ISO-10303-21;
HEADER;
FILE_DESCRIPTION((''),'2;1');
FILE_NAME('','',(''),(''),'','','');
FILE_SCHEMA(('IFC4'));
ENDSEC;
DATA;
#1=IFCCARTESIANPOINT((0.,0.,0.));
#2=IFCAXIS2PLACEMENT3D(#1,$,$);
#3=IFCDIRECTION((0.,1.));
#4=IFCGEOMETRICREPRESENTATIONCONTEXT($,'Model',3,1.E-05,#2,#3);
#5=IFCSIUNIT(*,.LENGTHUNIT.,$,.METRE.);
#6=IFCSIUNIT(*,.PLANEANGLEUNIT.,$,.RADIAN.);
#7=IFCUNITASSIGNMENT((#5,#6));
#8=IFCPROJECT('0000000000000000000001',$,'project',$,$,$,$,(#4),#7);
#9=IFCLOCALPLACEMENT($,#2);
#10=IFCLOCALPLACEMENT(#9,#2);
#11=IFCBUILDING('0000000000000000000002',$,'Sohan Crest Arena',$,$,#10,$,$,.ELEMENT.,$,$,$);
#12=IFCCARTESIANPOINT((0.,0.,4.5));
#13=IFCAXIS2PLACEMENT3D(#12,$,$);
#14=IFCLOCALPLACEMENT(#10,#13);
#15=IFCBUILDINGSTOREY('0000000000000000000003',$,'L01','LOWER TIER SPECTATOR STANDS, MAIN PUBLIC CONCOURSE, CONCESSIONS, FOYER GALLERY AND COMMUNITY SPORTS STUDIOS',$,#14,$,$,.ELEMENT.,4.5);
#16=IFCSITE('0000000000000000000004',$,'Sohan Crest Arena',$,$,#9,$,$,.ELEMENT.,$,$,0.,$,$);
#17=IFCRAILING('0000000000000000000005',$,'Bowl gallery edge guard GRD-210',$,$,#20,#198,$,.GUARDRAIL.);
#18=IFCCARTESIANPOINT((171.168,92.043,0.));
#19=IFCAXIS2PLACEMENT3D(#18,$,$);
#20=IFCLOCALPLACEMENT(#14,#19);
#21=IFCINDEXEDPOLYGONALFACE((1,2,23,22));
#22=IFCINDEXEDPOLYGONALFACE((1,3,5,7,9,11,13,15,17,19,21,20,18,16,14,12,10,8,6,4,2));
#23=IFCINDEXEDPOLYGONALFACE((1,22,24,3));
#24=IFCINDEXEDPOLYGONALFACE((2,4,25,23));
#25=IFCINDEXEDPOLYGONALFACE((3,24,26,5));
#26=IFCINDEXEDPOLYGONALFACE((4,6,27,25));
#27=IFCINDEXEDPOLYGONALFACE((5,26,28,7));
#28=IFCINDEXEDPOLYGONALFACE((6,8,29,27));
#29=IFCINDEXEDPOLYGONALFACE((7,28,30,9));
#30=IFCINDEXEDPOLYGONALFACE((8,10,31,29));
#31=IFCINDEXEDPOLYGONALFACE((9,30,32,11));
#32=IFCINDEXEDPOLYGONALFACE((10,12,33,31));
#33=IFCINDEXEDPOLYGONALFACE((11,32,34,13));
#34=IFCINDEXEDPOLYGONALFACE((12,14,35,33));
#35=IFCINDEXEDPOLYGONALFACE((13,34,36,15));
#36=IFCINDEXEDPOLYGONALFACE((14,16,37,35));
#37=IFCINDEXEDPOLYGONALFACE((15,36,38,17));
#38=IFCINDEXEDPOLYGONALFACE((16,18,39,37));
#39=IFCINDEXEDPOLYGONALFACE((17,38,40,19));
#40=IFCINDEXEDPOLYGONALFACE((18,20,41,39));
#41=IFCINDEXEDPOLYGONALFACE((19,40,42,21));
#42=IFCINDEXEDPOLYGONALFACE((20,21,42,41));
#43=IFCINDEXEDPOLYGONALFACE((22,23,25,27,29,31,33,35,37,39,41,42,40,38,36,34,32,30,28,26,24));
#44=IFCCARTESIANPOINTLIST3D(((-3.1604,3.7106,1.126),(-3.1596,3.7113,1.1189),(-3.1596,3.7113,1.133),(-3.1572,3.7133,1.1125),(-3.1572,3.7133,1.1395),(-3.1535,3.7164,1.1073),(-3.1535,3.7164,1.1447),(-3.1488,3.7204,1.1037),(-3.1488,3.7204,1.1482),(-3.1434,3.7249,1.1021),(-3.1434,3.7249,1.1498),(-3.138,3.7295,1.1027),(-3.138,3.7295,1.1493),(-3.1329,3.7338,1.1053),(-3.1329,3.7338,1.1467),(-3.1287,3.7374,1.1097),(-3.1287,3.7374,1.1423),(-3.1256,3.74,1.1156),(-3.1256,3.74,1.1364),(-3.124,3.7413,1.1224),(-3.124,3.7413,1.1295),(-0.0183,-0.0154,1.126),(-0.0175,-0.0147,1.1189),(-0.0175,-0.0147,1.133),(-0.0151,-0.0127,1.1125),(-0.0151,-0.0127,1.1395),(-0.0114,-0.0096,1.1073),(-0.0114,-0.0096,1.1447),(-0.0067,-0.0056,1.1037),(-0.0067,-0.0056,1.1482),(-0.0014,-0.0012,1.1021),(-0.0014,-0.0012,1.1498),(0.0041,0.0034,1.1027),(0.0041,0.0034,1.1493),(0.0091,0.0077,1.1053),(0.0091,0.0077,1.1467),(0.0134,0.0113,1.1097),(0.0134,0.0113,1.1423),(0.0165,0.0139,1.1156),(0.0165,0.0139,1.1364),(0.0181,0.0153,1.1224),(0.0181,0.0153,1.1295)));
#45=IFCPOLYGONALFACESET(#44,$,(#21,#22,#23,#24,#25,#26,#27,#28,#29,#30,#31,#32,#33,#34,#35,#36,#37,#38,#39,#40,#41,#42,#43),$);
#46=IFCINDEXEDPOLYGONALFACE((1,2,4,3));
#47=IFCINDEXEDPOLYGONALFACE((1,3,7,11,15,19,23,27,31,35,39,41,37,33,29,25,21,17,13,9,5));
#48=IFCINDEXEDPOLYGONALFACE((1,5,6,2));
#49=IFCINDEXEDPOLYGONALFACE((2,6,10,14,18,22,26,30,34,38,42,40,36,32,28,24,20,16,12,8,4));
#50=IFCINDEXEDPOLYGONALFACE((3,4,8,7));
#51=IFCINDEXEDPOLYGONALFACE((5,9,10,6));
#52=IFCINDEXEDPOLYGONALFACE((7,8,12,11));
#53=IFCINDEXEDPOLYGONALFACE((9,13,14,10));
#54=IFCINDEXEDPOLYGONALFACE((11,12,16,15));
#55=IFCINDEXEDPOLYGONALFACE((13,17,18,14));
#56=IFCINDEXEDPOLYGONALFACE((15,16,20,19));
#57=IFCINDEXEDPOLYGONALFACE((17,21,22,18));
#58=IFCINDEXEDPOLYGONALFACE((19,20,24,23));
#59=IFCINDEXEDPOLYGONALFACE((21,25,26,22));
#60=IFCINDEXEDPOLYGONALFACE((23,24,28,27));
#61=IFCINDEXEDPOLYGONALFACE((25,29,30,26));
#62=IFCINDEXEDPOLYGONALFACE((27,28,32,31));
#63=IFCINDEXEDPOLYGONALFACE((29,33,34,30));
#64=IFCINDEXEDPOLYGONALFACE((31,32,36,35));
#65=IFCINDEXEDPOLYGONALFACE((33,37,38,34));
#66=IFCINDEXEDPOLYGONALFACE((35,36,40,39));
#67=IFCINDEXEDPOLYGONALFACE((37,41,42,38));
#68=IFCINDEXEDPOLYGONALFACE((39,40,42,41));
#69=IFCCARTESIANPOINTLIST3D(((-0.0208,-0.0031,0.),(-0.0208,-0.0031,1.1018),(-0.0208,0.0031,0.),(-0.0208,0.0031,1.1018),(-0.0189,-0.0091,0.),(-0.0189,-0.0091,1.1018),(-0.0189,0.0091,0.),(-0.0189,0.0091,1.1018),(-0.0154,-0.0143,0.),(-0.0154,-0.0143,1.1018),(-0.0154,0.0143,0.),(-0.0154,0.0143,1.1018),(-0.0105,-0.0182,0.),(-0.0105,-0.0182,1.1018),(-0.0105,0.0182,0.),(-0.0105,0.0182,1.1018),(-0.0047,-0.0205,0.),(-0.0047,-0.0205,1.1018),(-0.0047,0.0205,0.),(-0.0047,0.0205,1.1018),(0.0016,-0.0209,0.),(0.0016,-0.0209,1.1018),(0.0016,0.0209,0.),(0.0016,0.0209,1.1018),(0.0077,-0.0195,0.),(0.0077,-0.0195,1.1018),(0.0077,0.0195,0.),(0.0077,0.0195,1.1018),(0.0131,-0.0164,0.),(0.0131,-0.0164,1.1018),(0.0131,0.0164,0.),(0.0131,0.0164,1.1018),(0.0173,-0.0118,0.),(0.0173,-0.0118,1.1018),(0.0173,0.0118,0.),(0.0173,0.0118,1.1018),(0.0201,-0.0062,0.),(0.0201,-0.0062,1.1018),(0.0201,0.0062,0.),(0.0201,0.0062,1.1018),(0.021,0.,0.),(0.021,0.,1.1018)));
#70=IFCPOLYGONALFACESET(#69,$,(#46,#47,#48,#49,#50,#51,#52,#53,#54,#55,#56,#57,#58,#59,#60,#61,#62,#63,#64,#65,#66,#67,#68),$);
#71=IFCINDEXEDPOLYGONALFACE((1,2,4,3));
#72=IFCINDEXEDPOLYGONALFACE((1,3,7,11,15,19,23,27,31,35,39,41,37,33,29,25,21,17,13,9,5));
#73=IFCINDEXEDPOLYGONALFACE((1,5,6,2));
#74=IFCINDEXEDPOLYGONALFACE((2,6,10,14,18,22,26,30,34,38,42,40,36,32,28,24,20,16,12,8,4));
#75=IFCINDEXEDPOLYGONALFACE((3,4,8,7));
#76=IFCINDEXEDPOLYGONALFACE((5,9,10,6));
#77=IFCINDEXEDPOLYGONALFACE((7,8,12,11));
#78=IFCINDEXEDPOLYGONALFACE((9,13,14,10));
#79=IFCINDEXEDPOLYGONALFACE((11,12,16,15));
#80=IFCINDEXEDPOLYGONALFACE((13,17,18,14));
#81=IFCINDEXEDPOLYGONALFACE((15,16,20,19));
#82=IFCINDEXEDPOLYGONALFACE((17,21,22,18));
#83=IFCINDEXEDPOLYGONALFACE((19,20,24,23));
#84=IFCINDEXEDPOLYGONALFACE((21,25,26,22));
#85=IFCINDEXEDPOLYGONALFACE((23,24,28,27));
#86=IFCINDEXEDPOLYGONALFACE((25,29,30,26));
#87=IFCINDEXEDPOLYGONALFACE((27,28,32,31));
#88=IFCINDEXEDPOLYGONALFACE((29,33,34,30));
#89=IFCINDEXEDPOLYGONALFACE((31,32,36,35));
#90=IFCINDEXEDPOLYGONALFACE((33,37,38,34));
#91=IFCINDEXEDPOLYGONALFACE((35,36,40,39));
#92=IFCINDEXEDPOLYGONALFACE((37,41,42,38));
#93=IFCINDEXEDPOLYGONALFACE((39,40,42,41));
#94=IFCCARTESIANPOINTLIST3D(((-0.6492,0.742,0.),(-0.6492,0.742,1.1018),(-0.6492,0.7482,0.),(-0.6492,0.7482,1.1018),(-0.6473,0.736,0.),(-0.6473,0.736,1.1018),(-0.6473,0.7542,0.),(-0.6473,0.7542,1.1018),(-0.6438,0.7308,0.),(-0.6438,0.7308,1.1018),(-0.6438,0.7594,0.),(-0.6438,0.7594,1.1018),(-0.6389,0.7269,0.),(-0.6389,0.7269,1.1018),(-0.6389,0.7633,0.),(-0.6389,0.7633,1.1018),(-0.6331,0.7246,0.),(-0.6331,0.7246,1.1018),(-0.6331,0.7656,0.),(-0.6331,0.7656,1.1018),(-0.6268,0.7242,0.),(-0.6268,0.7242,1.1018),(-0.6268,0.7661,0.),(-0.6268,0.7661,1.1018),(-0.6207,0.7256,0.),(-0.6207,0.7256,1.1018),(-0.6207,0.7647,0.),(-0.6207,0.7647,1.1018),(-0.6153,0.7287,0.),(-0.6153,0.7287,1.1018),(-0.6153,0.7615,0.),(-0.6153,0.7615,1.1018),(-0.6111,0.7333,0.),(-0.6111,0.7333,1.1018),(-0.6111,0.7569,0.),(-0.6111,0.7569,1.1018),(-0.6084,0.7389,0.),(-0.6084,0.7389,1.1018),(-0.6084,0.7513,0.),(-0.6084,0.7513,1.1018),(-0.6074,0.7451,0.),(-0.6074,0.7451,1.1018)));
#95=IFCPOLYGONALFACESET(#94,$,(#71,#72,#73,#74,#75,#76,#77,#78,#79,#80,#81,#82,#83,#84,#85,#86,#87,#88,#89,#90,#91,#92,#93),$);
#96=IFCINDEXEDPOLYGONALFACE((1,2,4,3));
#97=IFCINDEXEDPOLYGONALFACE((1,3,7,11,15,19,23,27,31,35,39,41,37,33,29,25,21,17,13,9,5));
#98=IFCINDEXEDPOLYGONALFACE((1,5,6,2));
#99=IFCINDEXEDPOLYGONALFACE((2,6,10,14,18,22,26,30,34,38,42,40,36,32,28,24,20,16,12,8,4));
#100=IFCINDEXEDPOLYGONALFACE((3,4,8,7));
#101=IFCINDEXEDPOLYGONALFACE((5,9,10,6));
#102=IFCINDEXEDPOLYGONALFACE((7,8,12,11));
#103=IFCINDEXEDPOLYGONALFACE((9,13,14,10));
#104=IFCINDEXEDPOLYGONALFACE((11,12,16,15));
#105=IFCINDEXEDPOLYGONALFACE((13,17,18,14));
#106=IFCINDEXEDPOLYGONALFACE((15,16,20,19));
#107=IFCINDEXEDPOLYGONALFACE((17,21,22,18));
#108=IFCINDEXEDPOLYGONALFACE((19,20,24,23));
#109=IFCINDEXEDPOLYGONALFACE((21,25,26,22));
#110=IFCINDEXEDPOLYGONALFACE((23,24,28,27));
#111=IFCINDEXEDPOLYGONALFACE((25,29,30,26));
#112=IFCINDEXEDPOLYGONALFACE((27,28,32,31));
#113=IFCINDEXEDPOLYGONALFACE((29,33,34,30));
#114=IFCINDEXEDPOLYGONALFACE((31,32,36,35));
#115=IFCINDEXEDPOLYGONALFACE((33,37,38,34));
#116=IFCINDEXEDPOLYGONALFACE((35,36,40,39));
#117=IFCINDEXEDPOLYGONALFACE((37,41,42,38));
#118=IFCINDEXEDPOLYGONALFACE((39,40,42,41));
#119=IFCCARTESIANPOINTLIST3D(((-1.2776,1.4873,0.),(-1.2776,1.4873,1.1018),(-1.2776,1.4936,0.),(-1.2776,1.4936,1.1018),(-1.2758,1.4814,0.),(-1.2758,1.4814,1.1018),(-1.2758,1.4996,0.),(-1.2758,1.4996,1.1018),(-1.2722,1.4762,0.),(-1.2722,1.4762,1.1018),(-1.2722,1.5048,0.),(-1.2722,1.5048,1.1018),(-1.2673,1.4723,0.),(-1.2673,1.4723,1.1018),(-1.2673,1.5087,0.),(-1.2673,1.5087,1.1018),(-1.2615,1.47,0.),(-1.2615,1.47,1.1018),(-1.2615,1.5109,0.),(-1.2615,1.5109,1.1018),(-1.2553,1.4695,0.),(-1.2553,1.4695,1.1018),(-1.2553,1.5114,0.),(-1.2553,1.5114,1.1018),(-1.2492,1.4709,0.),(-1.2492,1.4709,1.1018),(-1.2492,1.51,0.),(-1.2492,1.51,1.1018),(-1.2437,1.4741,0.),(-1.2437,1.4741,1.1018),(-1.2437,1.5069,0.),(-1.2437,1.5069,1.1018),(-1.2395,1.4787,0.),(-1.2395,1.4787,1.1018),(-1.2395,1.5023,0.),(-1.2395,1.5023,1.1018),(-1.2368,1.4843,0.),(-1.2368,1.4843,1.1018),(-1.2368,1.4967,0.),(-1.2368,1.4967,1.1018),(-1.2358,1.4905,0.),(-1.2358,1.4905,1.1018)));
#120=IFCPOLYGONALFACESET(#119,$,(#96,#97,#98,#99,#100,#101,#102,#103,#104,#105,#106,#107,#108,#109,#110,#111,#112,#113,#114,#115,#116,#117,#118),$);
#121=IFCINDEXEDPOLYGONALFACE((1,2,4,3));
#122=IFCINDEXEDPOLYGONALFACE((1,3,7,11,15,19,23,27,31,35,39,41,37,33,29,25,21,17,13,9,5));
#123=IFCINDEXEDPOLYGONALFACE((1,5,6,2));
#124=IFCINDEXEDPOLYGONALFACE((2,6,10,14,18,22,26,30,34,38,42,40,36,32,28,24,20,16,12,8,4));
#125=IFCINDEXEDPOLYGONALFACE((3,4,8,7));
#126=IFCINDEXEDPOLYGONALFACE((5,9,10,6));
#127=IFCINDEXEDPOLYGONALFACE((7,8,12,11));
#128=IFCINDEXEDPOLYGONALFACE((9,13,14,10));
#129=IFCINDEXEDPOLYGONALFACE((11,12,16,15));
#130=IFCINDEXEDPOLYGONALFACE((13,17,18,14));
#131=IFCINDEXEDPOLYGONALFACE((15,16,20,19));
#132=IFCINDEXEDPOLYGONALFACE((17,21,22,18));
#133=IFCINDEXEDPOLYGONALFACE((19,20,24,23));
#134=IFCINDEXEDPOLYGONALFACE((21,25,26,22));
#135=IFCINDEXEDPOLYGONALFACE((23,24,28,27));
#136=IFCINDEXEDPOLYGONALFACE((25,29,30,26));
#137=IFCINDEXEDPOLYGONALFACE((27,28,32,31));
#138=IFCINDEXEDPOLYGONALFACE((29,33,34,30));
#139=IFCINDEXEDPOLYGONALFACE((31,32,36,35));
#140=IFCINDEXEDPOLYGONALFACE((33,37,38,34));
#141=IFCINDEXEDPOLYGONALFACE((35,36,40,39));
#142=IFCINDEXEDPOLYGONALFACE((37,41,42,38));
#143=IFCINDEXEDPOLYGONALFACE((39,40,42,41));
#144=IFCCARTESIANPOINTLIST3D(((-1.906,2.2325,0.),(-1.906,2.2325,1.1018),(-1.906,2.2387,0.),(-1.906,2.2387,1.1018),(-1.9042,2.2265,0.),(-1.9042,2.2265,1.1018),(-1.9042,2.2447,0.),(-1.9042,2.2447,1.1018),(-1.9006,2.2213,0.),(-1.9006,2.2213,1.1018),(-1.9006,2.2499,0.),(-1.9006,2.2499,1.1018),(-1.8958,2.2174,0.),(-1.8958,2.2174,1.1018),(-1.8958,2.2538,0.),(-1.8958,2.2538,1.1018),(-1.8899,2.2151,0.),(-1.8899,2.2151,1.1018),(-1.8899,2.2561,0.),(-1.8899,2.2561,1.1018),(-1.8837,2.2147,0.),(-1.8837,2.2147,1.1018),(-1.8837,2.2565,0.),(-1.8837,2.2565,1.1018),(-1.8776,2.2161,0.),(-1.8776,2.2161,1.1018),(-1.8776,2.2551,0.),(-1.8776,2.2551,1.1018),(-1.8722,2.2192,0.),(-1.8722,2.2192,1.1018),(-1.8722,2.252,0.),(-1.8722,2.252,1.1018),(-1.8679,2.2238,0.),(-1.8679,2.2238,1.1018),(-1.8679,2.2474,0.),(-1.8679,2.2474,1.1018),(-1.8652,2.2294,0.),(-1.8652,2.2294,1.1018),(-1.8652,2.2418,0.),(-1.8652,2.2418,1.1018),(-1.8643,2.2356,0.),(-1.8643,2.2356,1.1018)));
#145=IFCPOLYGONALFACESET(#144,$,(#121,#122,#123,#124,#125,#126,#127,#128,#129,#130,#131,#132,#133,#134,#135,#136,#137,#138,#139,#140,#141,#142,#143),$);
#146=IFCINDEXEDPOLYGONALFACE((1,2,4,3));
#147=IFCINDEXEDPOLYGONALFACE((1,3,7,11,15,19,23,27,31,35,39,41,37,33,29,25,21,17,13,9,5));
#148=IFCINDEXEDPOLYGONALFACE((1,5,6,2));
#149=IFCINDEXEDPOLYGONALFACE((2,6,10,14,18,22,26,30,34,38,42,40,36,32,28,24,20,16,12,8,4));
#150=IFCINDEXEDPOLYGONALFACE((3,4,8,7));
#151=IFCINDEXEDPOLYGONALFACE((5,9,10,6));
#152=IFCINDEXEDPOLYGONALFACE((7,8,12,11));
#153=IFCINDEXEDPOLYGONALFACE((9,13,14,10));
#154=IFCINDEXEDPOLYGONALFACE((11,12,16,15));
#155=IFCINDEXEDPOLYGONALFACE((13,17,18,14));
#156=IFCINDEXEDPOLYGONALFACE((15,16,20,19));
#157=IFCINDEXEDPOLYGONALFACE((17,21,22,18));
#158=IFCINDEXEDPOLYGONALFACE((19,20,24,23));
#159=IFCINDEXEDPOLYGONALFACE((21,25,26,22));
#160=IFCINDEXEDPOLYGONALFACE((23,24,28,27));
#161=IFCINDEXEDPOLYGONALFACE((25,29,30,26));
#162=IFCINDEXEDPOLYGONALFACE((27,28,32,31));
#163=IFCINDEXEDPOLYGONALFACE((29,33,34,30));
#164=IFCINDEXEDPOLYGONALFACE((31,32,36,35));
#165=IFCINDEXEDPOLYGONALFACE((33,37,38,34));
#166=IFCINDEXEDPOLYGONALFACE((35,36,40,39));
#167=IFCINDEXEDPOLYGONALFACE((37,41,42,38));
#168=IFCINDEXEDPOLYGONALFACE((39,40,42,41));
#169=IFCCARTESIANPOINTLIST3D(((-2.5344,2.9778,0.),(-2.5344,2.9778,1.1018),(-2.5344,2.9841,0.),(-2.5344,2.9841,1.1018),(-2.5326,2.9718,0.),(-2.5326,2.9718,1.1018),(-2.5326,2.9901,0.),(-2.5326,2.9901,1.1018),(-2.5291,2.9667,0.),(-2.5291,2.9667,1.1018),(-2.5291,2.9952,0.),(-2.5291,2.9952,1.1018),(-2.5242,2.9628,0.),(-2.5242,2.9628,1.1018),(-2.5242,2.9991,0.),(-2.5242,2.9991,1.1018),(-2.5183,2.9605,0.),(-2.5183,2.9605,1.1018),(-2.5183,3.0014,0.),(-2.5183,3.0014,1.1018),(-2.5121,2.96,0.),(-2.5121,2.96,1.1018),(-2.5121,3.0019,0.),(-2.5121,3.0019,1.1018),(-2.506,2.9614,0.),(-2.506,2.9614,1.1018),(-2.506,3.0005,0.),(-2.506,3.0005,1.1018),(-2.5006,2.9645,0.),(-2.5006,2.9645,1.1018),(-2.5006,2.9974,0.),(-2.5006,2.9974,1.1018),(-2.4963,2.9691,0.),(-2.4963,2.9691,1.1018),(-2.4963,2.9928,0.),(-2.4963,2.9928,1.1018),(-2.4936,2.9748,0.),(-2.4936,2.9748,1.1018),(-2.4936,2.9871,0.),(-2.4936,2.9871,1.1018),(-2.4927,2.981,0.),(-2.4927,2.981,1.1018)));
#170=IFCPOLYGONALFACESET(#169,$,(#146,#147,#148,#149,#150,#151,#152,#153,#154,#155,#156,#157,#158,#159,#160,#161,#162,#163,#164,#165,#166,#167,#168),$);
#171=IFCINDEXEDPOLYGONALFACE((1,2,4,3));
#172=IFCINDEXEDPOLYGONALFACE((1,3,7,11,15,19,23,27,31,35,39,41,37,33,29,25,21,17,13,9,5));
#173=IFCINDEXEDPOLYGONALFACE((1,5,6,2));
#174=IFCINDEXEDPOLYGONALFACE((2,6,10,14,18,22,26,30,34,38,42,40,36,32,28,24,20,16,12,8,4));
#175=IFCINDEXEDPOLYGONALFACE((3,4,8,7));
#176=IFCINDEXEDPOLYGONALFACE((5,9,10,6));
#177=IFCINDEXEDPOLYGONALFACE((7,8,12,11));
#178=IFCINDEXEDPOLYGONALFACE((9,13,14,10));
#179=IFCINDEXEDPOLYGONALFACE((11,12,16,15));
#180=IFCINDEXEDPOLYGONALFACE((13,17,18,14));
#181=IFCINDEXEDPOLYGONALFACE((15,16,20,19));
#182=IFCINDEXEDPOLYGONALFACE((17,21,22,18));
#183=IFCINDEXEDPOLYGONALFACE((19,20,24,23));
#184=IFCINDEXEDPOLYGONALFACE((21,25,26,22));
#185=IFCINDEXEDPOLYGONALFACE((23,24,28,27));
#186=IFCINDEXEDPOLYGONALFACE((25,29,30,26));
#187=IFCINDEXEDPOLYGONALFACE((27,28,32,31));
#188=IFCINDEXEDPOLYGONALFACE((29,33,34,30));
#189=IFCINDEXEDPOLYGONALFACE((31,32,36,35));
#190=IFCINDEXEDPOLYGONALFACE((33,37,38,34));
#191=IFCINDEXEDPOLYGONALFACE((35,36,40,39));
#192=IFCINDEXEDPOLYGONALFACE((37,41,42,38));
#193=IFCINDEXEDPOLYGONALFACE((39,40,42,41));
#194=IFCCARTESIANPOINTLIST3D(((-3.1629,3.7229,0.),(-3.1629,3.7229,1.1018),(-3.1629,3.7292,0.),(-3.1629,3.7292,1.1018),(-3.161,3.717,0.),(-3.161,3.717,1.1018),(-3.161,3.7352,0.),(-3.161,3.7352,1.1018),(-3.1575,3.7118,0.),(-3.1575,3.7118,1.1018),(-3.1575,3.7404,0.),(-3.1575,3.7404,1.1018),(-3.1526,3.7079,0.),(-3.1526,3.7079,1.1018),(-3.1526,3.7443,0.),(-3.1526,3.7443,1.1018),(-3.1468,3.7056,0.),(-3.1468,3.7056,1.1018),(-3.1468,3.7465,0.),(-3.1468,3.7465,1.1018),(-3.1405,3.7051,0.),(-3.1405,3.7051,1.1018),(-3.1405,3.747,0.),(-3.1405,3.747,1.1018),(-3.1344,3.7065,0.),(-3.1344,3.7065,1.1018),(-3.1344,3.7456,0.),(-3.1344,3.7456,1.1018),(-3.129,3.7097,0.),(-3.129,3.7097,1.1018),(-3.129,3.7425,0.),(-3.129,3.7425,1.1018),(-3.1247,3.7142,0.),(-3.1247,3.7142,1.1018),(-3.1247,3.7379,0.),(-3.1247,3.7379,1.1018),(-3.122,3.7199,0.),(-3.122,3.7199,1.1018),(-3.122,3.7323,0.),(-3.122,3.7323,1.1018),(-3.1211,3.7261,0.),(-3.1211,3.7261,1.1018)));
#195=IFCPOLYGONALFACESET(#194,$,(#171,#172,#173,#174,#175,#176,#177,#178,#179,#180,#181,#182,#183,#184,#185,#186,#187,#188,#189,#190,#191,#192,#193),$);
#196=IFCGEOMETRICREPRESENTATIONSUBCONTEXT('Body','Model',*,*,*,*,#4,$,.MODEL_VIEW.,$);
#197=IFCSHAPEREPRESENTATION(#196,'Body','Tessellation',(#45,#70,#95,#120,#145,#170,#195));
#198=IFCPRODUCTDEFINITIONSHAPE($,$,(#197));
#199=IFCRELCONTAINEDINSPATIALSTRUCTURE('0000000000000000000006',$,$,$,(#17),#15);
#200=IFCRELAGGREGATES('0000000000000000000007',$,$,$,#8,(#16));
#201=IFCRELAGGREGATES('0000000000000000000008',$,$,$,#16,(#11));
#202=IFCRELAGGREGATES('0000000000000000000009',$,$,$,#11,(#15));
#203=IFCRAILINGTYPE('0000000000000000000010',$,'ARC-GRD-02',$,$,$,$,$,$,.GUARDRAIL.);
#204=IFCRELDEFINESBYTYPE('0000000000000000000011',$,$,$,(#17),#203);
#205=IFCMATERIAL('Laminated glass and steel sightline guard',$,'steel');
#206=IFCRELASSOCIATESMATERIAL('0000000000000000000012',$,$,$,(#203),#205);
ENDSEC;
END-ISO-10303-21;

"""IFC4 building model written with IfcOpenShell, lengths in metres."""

from ifc_helpers import new_model, si_unit, direction, frame, origin, origin_2d, place, context, subcontext, project, spatial, circle, extrude, material, type_object, element, save


model = new_model("IFC4")

# Units and contexts
model_context = context("Model", 3, precision=1e-05, world=origin(), true_north=direction((0.0, 1.0)))
body_context = subcontext(model_context, "Body", "Model", "MODEL_VIEW")
ifc_project = project(units=[si_unit("LENGTHUNIT", "METRE"), si_unit("PLANEANGLEUNIT", "RADIAN")], contexts=[model_context])

# Site, building, storey
site_placement = place(None, origin())
site = spatial("IfcSite", under=ifc_project, at=site_placement, Name="Sohan Crest Arena", CompositionType="ELEMENT", RefElevation=0.0)
building_placement = place(site_placement, origin())
building = spatial("IfcBuilding", under=site, at=building_placement, Name="Sohan Crest Arena", CompositionType="ELEMENT")
storey_placement = place(building_placement, frame((0.0, 0.0, 4.5)))
storey = spatial("IfcBuildingStorey", under=building, at=storey_placement, Name="L01", Description="LOWER TIER SPECTATOR STANDS, MAIN PUBLIC CONCOURSE, CONCESSIONS, FOYER GALLERY AND COMMUNITY SPORTS STUDIOS", CompositionType="ELEMENT", Elevation=4.5)

# Railing
ifc_material_1 = material(Name="Laminated glass and steel sightline guard", Category="steel")
railing_type = type_object("IfcRailingType", Name="ARC-GRD-02", PredefinedType="GUARDRAIL", material=ifc_material_1)
railing_placement = place(storey_placement, frame((171.168, 92.043, 0.0)))
element("IfcRailing", 1, at=railing_placement, inside=storey, type_object=railing_type, Name="Bowl gallery edge guard GRD-210", PredefinedType="GUARDRAIL", context=body_context, shape_type="SweptSolid", body=[
    extrude(circle(Radius=0.0239, at=origin_2d()), frame((0.0, 0.0, 1.126), z_axis=(-0.644657, 0.764472, 0.0), x_axis=(-0.764472, -0.644657, 0.0)), (0.0, 0.0, 1.0), 4.874),
    extrude(circle(Radius=0.021, at=origin_2d()), origin(), (0.0, 0.0, 1.0), 1.1018),
    extrude(circle(Radius=0.021, at=origin_2d()), frame((-0.6284, 0.7451, 0.0)), (0.0, 0.0, 1.0), 1.1018),
    extrude(circle(Radius=0.021, at=origin_2d()), frame((-1.2568, 1.4905, 0.0)), (0.0, 0.0, 1.0), 1.1018),
    extrude(circle(Radius=0.021, at=origin_2d()), frame((-1.8853, 2.2356, 0.0)), (0.0, 0.0, 1.0), 1.1018),
    extrude(circle(Radius=0.021, at=origin_2d()), frame((-2.5137, 2.981, 0.0)), (0.0, 0.0, 1.0), 1.1018),
    extrude(circle(Radius=0.021, at=origin_2d()), frame((-3.1421, 3.7261, 0.0)), (0.0, 0.0, 1.0), 1.1018),
])

save(model, "model.ifc")
